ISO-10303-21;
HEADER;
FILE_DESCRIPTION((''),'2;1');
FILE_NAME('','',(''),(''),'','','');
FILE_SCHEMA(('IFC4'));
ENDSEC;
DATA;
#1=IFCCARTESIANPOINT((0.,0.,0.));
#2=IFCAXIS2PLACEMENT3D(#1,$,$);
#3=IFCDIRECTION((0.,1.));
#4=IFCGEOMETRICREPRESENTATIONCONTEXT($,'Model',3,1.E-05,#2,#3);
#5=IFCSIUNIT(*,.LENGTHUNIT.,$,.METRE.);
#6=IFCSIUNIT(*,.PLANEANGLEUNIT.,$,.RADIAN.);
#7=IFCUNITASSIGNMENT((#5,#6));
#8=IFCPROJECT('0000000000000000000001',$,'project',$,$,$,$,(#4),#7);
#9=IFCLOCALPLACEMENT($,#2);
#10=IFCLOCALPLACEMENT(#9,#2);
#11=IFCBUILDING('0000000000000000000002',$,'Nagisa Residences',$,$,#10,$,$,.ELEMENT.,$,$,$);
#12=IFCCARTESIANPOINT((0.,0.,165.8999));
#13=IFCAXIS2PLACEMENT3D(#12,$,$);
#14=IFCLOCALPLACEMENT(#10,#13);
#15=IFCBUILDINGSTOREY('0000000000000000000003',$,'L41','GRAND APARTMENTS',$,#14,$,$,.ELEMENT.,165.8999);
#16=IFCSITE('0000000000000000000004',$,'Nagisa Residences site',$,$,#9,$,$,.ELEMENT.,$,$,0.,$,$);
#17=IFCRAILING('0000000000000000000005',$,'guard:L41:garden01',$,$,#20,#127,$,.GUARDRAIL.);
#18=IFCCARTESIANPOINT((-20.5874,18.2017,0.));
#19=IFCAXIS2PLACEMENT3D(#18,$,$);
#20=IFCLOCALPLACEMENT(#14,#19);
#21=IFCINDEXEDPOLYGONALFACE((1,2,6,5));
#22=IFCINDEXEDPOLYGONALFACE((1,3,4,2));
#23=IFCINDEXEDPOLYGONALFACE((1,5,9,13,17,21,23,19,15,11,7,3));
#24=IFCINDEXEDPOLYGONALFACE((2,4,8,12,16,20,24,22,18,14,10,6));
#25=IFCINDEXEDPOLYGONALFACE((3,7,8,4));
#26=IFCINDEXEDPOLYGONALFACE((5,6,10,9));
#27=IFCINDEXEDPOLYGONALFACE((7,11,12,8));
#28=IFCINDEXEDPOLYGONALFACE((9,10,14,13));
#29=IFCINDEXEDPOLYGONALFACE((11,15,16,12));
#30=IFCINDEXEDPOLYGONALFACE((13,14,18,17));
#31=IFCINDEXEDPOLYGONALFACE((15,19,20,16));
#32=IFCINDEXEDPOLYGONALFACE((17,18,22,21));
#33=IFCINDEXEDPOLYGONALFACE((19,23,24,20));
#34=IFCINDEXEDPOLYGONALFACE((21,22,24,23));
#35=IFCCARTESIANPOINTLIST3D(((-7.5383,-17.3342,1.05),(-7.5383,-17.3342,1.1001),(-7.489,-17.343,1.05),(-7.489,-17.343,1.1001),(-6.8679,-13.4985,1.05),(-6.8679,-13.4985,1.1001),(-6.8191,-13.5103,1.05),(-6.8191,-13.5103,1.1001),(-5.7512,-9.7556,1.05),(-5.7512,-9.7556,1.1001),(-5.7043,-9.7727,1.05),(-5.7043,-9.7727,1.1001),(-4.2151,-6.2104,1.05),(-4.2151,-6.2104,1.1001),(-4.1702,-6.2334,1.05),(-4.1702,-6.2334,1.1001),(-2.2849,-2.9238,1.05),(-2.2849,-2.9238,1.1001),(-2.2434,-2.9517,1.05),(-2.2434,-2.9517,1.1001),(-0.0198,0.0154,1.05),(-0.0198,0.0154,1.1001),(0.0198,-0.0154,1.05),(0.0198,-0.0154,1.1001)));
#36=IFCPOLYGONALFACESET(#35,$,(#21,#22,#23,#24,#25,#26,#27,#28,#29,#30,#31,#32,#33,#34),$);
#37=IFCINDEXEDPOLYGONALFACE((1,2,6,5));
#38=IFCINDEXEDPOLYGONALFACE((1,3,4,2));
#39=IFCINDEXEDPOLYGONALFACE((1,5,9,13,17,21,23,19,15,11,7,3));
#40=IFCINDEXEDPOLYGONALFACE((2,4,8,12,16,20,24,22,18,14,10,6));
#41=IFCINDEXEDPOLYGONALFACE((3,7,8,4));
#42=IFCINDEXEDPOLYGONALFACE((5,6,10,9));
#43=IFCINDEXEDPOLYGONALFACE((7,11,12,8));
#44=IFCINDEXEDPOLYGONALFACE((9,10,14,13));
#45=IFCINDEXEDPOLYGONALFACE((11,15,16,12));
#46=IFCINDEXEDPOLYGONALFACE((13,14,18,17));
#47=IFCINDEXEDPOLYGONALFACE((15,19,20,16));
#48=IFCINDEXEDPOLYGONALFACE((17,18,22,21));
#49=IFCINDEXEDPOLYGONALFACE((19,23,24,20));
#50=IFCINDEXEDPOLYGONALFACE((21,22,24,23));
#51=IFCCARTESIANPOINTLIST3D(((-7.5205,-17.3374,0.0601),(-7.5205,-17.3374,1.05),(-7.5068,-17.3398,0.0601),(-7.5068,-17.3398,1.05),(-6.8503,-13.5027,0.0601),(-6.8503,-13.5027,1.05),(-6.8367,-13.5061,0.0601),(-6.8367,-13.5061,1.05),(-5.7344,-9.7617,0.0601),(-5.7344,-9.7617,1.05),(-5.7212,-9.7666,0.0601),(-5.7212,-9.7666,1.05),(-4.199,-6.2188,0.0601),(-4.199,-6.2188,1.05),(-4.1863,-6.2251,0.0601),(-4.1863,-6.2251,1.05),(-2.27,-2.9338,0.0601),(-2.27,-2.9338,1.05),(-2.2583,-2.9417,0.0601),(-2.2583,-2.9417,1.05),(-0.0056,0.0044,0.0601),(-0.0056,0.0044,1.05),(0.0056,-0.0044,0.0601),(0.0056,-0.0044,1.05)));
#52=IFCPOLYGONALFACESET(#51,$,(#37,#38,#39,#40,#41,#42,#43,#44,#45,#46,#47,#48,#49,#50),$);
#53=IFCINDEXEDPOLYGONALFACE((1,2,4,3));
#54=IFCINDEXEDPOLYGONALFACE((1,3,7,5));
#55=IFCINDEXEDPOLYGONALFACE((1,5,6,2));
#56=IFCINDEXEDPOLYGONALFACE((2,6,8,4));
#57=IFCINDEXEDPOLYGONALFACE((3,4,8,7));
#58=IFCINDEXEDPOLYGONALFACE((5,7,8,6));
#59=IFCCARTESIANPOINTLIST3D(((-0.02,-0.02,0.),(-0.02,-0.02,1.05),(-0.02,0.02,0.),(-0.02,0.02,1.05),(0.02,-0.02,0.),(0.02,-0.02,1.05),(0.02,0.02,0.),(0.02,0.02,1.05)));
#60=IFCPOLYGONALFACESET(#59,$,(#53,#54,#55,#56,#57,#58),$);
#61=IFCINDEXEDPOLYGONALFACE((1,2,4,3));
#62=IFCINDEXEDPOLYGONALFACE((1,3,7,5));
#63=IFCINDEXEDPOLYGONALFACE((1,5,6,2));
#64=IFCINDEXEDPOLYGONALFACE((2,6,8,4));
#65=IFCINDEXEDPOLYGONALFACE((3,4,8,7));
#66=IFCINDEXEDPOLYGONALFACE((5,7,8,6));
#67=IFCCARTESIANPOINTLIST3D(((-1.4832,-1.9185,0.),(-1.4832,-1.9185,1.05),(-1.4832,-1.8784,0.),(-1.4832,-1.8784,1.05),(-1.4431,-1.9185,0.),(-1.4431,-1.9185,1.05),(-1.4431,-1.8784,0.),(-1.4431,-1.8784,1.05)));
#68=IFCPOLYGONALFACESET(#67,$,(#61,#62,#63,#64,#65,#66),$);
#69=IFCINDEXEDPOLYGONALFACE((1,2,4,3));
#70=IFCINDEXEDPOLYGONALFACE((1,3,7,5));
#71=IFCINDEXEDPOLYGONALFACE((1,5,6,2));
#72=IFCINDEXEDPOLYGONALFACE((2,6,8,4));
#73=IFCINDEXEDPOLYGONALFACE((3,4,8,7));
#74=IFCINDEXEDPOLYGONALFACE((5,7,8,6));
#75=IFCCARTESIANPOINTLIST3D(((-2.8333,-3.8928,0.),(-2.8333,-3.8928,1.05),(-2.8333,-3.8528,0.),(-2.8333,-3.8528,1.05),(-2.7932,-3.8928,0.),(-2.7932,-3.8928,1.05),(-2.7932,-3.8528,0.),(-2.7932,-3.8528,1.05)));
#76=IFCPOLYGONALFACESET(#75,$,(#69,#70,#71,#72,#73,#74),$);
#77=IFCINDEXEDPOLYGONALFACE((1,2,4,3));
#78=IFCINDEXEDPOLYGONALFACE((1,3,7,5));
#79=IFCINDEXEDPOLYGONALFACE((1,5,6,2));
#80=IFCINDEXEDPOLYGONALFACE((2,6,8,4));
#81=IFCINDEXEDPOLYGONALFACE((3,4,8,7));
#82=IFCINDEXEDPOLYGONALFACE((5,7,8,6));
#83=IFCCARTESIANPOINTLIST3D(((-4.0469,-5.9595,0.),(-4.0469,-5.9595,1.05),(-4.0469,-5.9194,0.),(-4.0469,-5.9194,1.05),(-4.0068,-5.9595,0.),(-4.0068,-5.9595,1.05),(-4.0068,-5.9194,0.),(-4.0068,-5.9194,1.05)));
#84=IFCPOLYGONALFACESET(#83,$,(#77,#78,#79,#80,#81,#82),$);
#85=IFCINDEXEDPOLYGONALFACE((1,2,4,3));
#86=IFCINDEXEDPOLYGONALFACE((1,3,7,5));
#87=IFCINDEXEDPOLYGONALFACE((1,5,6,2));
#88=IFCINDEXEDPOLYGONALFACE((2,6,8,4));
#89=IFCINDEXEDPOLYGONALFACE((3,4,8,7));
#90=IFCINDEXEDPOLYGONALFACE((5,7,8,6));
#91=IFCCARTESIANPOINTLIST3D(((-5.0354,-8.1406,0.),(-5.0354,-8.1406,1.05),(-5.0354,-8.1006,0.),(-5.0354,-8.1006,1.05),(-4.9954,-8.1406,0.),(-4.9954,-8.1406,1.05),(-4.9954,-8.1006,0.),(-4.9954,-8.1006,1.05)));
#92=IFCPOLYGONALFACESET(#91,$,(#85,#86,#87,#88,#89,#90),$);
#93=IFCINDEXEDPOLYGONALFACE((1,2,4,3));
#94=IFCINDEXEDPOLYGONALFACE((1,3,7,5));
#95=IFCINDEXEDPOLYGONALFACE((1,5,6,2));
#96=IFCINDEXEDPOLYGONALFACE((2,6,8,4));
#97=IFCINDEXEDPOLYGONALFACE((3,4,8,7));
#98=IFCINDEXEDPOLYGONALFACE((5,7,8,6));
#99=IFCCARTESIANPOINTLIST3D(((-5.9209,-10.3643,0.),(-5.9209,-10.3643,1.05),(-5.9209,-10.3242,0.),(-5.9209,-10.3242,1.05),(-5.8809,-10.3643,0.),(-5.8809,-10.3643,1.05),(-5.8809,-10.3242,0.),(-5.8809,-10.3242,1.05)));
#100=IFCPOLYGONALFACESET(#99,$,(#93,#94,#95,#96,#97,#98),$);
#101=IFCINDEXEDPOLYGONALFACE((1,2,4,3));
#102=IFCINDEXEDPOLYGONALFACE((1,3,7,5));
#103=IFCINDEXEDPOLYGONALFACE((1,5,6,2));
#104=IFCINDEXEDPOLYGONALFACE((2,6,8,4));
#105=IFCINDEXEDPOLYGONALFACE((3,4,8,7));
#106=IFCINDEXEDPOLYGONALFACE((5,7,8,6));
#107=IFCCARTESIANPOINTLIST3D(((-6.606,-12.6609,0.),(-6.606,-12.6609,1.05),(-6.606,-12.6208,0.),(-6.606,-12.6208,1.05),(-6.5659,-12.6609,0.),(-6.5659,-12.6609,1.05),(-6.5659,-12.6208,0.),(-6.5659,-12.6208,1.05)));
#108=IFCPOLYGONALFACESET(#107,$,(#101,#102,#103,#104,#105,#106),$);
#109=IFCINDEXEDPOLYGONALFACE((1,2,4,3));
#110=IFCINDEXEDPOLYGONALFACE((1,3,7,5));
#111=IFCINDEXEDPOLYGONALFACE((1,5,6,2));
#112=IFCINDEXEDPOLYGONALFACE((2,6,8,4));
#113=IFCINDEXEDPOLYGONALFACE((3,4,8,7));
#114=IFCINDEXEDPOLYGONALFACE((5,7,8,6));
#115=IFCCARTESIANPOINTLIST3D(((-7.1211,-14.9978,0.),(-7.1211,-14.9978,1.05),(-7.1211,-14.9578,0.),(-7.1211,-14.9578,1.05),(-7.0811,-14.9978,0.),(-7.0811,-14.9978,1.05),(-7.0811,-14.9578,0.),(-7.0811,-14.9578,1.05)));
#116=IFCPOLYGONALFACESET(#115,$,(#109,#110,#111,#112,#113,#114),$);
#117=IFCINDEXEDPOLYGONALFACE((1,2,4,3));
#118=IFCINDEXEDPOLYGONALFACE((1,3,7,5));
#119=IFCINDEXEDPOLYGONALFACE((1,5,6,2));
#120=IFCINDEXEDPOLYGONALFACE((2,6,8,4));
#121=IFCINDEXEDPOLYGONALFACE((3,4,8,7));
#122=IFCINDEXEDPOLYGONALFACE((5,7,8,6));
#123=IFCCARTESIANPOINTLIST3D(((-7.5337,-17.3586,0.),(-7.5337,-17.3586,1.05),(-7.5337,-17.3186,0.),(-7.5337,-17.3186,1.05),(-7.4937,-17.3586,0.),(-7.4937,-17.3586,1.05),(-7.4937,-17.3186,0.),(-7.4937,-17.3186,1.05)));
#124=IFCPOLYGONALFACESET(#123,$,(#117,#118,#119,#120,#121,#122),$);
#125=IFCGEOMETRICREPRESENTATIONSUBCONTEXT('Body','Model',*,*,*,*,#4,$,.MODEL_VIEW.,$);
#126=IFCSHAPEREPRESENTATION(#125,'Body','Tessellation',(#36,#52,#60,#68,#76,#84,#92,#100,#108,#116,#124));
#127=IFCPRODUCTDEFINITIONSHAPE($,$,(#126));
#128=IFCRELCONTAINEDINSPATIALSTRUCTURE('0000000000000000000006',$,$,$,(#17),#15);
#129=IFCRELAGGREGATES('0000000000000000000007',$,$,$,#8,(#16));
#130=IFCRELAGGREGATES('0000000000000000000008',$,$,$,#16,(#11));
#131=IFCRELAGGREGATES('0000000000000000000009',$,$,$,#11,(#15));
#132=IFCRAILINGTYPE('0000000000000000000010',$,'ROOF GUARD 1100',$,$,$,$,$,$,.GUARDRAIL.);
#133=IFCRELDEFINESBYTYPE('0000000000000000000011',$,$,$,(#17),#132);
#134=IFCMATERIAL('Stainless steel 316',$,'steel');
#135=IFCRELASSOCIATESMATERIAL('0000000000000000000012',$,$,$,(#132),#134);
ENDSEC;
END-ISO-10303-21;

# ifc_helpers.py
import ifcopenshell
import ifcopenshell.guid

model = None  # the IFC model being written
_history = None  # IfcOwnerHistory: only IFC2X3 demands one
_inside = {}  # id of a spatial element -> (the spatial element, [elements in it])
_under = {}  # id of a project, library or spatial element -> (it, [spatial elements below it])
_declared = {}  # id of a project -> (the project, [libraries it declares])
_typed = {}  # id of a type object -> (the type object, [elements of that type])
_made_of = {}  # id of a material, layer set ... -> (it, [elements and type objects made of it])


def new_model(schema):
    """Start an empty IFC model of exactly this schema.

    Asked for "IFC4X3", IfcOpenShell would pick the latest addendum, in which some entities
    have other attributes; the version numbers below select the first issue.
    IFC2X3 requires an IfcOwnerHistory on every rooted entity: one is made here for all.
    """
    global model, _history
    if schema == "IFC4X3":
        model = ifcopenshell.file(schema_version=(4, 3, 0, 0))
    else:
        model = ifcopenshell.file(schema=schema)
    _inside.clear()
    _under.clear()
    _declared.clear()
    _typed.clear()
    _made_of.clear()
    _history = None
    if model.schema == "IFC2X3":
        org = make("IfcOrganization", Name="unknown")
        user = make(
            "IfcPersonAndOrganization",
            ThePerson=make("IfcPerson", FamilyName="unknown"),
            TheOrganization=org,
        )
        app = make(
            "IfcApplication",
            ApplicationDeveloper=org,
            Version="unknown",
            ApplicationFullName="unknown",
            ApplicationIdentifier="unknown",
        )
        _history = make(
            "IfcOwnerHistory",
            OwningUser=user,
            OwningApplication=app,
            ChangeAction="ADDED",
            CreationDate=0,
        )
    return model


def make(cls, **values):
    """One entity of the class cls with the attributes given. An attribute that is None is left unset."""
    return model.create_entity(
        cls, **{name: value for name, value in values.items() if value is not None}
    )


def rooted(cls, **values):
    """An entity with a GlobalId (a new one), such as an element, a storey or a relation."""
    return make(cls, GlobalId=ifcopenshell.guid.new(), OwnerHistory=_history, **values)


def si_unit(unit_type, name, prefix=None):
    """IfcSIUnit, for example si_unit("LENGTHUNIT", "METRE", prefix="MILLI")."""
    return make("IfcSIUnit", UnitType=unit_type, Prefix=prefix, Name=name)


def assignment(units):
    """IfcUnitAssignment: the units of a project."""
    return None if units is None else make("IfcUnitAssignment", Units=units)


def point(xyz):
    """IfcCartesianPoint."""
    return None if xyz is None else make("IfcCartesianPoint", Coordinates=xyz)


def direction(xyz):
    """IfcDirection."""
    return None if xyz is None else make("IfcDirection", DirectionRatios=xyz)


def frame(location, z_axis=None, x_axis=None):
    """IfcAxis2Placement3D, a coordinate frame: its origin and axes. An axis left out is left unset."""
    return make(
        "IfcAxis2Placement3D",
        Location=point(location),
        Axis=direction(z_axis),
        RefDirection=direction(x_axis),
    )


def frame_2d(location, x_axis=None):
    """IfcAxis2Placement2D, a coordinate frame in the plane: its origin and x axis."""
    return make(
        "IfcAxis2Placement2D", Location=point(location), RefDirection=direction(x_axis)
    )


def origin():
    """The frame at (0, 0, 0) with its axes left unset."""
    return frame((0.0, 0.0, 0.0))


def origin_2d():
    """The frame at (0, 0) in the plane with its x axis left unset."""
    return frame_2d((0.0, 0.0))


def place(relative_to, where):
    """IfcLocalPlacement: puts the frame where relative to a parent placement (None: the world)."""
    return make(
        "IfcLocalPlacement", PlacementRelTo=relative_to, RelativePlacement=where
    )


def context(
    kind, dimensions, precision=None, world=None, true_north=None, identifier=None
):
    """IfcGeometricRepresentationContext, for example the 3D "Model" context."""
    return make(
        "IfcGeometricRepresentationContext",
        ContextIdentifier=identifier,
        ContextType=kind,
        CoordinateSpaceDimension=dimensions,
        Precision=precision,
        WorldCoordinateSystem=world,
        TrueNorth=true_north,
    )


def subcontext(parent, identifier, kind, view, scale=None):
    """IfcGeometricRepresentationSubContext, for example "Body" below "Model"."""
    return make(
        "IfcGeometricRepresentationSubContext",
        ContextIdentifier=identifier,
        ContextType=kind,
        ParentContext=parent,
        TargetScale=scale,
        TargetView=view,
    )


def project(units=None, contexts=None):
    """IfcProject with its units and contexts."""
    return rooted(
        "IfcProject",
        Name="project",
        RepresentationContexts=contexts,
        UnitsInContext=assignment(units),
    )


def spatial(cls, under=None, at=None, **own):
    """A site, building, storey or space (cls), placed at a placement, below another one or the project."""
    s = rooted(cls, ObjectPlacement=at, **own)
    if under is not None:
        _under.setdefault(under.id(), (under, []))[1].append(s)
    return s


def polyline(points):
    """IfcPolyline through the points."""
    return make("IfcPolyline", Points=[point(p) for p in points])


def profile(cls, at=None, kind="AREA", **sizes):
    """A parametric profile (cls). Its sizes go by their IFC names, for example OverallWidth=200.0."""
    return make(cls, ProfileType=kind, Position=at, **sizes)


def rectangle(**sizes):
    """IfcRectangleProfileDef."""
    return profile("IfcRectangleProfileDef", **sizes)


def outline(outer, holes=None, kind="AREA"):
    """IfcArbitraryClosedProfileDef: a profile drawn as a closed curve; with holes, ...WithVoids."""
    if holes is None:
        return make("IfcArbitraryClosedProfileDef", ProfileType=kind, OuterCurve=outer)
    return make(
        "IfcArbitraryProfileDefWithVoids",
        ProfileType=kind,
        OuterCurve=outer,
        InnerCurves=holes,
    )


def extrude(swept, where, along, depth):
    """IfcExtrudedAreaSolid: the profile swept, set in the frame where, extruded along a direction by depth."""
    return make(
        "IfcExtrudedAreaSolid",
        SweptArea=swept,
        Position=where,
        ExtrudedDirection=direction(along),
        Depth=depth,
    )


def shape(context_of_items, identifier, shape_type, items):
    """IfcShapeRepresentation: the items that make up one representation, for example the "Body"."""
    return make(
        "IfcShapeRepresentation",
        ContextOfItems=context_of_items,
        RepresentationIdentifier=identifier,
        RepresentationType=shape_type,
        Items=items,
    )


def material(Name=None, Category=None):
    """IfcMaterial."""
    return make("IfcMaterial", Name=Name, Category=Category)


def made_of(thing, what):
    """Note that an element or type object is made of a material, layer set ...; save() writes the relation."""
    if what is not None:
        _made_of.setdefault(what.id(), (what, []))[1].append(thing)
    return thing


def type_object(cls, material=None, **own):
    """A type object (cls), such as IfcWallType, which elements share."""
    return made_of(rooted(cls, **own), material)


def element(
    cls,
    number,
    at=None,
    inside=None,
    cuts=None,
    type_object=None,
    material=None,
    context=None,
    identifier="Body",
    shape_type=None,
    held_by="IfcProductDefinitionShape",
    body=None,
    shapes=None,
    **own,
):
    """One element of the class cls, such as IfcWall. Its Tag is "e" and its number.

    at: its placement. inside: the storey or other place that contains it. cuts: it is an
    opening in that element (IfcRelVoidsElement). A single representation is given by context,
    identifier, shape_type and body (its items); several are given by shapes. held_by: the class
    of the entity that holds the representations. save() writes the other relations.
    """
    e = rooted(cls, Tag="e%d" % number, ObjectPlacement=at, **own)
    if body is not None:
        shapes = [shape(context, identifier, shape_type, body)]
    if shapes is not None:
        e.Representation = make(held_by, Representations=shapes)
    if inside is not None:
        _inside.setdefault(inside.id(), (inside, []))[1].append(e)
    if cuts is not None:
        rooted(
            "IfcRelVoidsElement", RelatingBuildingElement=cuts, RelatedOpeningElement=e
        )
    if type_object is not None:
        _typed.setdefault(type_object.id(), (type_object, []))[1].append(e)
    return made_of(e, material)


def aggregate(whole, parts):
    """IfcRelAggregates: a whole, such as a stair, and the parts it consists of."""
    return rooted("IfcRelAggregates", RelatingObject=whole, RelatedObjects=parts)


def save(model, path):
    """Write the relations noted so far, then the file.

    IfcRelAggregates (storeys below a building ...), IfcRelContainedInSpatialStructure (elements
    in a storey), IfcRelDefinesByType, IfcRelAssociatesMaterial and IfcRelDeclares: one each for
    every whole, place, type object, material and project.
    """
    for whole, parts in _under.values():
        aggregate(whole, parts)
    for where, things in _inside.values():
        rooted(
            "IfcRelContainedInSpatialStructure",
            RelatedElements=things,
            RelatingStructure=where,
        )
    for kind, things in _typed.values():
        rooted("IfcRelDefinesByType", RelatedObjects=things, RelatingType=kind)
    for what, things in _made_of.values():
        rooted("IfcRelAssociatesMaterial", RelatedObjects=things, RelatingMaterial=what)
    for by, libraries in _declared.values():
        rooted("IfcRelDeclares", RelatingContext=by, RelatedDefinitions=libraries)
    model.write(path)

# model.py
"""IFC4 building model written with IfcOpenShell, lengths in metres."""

from ifc_helpers import new_model, si_unit, direction, frame, origin, origin_2d, place, context, subcontext, project, spatial, polyline, rectangle, outline, extrude, material, type_object, element, save


model = new_model("IFC4")

# Units and contexts
model_context = context("Model", 3, precision=1e-05, world=origin(), true_north=direction((0.0, 1.0)))
body_context = subcontext(model_context, "Body", "Model", "MODEL_VIEW")
ifc_project = project(units=[si_unit("LENGTHUNIT", "METRE"), si_unit("PLANEANGLEUNIT", "RADIAN")], contexts=[model_context])

# Site, building, storey
site_placement = place(None, origin())
site = spatial("IfcSite", under=ifc_project, at=site_placement, Name="Nagisa Residences site", CompositionType="ELEMENT", RefElevation=0.0)
building_placement = place(site_placement, origin())
building = spatial("IfcBuilding", under=site, at=building_placement, Name="Nagisa Residences", CompositionType="ELEMENT")
storey_placement = place(building_placement, frame((0.0, 0.0, 165.8999)))
storey = spatial("IfcBuildingStorey", under=building, at=storey_placement, Name="L41", Description="GRAND APARTMENTS", CompositionType="ELEMENT", Elevation=165.8999)

# Railing
ifc_material_1 = material(Name="Stainless steel 316", Category="steel")
railing_type = type_object("IfcRailingType", Name="ROOF GUARD 1100", PredefinedType="GUARDRAIL", material=ifc_material_1)
railing_placement = place(storey_placement, frame((-20.5874, 18.2017, 0.0)))
element("IfcRailing", 1, at=railing_placement, inside=storey, type_object=railing_type, Name="guard:L41:garden01", PredefinedType="GUARDRAIL", context=body_context, shape_type="SweptSolid", body=[
    extrude(outline(polyline([(-2.2434, -2.9517), (0.0198, -0.0154), (-0.0198, 0.0154), (-2.2849, -2.9238), (-4.2151, -6.2104), (-5.7512, -9.7556), (-6.8679, -13.4985), (-7.5383, -17.3342), (-7.489, -17.343), (-6.8191, -13.5103), (-5.7043, -9.7727), (-4.1702, -6.2334), (-2.2434, -2.9517)])), frame((0.0, 0.0, 1.05)), (0.0, 0.0, 1.0), 0.05),
    extrude(outline(polyline([(-2.2583, -2.9417), (0.0056, -0.0044), (-0.0056, 0.0044), (-2.27, -2.9338), (-4.199, -6.2188), (-5.7344, -9.7617), (-6.8503, -13.5027), (-7.5205, -17.3374), (-7.5068, -17.3398), (-6.8367, -13.5061), (-5.7212, -9.7666), (-4.1863, -6.2251), (-2.2583, -2.9417)])), frame((0.0, 0.0, 0.0601)), (0.0, 0.0, 1.0), 0.99),
    extrude(rectangle(XDim=0.04, YDim=0.04, at=origin_2d()), origin(), (0.0, 0.0, 1.0), 1.05),
    extrude(rectangle(XDim=0.04, YDim=0.04, at=origin_2d()), frame((-1.4631, -1.8984, 0.0)), (0.0, 0.0, 1.0), 1.05),
    extrude(rectangle(XDim=0.04, YDim=0.04, at=origin_2d()), frame((-2.8132, -3.8728, 0.0)), (0.0, 0.0, 1.0), 1.05),
    extrude(rectangle(XDim=0.04, YDim=0.04, at=origin_2d()), frame((-4.0269, -5.9395, 0.0)), (0.0, 0.0, 1.0), 1.05),
    extrude(rectangle(XDim=0.04, YDim=0.04, at=origin_2d()), frame((-5.0154, -8.1206, 0.0)), (0.0, 0.0, 1.0), 1.05),
    extrude(rectangle(XDim=0.04, YDim=0.04, at=origin_2d()), frame((-5.9009, -10.3442, 0.0)), (0.0, 0.0, 1.0), 1.05),
    extrude(rectangle(XDim=0.04, YDim=0.04, at=origin_2d()), frame((-6.5859, -12.6409, 0.0)), (0.0, 0.0, 1.0), 1.05),
    extrude(rectangle(XDim=0.04, YDim=0.04, at=origin_2d()), frame((-7.1011, -14.9778, 0.0)), (0.0, 0.0, 1.0), 1.05),
    extrude(rectangle(XDim=0.04, YDim=0.04, at=origin_2d()), frame((-7.5137, -17.3386, 0.0)), (0.0, 0.0, 1.0), 1.05),
])

save(model, "model.ifc")
